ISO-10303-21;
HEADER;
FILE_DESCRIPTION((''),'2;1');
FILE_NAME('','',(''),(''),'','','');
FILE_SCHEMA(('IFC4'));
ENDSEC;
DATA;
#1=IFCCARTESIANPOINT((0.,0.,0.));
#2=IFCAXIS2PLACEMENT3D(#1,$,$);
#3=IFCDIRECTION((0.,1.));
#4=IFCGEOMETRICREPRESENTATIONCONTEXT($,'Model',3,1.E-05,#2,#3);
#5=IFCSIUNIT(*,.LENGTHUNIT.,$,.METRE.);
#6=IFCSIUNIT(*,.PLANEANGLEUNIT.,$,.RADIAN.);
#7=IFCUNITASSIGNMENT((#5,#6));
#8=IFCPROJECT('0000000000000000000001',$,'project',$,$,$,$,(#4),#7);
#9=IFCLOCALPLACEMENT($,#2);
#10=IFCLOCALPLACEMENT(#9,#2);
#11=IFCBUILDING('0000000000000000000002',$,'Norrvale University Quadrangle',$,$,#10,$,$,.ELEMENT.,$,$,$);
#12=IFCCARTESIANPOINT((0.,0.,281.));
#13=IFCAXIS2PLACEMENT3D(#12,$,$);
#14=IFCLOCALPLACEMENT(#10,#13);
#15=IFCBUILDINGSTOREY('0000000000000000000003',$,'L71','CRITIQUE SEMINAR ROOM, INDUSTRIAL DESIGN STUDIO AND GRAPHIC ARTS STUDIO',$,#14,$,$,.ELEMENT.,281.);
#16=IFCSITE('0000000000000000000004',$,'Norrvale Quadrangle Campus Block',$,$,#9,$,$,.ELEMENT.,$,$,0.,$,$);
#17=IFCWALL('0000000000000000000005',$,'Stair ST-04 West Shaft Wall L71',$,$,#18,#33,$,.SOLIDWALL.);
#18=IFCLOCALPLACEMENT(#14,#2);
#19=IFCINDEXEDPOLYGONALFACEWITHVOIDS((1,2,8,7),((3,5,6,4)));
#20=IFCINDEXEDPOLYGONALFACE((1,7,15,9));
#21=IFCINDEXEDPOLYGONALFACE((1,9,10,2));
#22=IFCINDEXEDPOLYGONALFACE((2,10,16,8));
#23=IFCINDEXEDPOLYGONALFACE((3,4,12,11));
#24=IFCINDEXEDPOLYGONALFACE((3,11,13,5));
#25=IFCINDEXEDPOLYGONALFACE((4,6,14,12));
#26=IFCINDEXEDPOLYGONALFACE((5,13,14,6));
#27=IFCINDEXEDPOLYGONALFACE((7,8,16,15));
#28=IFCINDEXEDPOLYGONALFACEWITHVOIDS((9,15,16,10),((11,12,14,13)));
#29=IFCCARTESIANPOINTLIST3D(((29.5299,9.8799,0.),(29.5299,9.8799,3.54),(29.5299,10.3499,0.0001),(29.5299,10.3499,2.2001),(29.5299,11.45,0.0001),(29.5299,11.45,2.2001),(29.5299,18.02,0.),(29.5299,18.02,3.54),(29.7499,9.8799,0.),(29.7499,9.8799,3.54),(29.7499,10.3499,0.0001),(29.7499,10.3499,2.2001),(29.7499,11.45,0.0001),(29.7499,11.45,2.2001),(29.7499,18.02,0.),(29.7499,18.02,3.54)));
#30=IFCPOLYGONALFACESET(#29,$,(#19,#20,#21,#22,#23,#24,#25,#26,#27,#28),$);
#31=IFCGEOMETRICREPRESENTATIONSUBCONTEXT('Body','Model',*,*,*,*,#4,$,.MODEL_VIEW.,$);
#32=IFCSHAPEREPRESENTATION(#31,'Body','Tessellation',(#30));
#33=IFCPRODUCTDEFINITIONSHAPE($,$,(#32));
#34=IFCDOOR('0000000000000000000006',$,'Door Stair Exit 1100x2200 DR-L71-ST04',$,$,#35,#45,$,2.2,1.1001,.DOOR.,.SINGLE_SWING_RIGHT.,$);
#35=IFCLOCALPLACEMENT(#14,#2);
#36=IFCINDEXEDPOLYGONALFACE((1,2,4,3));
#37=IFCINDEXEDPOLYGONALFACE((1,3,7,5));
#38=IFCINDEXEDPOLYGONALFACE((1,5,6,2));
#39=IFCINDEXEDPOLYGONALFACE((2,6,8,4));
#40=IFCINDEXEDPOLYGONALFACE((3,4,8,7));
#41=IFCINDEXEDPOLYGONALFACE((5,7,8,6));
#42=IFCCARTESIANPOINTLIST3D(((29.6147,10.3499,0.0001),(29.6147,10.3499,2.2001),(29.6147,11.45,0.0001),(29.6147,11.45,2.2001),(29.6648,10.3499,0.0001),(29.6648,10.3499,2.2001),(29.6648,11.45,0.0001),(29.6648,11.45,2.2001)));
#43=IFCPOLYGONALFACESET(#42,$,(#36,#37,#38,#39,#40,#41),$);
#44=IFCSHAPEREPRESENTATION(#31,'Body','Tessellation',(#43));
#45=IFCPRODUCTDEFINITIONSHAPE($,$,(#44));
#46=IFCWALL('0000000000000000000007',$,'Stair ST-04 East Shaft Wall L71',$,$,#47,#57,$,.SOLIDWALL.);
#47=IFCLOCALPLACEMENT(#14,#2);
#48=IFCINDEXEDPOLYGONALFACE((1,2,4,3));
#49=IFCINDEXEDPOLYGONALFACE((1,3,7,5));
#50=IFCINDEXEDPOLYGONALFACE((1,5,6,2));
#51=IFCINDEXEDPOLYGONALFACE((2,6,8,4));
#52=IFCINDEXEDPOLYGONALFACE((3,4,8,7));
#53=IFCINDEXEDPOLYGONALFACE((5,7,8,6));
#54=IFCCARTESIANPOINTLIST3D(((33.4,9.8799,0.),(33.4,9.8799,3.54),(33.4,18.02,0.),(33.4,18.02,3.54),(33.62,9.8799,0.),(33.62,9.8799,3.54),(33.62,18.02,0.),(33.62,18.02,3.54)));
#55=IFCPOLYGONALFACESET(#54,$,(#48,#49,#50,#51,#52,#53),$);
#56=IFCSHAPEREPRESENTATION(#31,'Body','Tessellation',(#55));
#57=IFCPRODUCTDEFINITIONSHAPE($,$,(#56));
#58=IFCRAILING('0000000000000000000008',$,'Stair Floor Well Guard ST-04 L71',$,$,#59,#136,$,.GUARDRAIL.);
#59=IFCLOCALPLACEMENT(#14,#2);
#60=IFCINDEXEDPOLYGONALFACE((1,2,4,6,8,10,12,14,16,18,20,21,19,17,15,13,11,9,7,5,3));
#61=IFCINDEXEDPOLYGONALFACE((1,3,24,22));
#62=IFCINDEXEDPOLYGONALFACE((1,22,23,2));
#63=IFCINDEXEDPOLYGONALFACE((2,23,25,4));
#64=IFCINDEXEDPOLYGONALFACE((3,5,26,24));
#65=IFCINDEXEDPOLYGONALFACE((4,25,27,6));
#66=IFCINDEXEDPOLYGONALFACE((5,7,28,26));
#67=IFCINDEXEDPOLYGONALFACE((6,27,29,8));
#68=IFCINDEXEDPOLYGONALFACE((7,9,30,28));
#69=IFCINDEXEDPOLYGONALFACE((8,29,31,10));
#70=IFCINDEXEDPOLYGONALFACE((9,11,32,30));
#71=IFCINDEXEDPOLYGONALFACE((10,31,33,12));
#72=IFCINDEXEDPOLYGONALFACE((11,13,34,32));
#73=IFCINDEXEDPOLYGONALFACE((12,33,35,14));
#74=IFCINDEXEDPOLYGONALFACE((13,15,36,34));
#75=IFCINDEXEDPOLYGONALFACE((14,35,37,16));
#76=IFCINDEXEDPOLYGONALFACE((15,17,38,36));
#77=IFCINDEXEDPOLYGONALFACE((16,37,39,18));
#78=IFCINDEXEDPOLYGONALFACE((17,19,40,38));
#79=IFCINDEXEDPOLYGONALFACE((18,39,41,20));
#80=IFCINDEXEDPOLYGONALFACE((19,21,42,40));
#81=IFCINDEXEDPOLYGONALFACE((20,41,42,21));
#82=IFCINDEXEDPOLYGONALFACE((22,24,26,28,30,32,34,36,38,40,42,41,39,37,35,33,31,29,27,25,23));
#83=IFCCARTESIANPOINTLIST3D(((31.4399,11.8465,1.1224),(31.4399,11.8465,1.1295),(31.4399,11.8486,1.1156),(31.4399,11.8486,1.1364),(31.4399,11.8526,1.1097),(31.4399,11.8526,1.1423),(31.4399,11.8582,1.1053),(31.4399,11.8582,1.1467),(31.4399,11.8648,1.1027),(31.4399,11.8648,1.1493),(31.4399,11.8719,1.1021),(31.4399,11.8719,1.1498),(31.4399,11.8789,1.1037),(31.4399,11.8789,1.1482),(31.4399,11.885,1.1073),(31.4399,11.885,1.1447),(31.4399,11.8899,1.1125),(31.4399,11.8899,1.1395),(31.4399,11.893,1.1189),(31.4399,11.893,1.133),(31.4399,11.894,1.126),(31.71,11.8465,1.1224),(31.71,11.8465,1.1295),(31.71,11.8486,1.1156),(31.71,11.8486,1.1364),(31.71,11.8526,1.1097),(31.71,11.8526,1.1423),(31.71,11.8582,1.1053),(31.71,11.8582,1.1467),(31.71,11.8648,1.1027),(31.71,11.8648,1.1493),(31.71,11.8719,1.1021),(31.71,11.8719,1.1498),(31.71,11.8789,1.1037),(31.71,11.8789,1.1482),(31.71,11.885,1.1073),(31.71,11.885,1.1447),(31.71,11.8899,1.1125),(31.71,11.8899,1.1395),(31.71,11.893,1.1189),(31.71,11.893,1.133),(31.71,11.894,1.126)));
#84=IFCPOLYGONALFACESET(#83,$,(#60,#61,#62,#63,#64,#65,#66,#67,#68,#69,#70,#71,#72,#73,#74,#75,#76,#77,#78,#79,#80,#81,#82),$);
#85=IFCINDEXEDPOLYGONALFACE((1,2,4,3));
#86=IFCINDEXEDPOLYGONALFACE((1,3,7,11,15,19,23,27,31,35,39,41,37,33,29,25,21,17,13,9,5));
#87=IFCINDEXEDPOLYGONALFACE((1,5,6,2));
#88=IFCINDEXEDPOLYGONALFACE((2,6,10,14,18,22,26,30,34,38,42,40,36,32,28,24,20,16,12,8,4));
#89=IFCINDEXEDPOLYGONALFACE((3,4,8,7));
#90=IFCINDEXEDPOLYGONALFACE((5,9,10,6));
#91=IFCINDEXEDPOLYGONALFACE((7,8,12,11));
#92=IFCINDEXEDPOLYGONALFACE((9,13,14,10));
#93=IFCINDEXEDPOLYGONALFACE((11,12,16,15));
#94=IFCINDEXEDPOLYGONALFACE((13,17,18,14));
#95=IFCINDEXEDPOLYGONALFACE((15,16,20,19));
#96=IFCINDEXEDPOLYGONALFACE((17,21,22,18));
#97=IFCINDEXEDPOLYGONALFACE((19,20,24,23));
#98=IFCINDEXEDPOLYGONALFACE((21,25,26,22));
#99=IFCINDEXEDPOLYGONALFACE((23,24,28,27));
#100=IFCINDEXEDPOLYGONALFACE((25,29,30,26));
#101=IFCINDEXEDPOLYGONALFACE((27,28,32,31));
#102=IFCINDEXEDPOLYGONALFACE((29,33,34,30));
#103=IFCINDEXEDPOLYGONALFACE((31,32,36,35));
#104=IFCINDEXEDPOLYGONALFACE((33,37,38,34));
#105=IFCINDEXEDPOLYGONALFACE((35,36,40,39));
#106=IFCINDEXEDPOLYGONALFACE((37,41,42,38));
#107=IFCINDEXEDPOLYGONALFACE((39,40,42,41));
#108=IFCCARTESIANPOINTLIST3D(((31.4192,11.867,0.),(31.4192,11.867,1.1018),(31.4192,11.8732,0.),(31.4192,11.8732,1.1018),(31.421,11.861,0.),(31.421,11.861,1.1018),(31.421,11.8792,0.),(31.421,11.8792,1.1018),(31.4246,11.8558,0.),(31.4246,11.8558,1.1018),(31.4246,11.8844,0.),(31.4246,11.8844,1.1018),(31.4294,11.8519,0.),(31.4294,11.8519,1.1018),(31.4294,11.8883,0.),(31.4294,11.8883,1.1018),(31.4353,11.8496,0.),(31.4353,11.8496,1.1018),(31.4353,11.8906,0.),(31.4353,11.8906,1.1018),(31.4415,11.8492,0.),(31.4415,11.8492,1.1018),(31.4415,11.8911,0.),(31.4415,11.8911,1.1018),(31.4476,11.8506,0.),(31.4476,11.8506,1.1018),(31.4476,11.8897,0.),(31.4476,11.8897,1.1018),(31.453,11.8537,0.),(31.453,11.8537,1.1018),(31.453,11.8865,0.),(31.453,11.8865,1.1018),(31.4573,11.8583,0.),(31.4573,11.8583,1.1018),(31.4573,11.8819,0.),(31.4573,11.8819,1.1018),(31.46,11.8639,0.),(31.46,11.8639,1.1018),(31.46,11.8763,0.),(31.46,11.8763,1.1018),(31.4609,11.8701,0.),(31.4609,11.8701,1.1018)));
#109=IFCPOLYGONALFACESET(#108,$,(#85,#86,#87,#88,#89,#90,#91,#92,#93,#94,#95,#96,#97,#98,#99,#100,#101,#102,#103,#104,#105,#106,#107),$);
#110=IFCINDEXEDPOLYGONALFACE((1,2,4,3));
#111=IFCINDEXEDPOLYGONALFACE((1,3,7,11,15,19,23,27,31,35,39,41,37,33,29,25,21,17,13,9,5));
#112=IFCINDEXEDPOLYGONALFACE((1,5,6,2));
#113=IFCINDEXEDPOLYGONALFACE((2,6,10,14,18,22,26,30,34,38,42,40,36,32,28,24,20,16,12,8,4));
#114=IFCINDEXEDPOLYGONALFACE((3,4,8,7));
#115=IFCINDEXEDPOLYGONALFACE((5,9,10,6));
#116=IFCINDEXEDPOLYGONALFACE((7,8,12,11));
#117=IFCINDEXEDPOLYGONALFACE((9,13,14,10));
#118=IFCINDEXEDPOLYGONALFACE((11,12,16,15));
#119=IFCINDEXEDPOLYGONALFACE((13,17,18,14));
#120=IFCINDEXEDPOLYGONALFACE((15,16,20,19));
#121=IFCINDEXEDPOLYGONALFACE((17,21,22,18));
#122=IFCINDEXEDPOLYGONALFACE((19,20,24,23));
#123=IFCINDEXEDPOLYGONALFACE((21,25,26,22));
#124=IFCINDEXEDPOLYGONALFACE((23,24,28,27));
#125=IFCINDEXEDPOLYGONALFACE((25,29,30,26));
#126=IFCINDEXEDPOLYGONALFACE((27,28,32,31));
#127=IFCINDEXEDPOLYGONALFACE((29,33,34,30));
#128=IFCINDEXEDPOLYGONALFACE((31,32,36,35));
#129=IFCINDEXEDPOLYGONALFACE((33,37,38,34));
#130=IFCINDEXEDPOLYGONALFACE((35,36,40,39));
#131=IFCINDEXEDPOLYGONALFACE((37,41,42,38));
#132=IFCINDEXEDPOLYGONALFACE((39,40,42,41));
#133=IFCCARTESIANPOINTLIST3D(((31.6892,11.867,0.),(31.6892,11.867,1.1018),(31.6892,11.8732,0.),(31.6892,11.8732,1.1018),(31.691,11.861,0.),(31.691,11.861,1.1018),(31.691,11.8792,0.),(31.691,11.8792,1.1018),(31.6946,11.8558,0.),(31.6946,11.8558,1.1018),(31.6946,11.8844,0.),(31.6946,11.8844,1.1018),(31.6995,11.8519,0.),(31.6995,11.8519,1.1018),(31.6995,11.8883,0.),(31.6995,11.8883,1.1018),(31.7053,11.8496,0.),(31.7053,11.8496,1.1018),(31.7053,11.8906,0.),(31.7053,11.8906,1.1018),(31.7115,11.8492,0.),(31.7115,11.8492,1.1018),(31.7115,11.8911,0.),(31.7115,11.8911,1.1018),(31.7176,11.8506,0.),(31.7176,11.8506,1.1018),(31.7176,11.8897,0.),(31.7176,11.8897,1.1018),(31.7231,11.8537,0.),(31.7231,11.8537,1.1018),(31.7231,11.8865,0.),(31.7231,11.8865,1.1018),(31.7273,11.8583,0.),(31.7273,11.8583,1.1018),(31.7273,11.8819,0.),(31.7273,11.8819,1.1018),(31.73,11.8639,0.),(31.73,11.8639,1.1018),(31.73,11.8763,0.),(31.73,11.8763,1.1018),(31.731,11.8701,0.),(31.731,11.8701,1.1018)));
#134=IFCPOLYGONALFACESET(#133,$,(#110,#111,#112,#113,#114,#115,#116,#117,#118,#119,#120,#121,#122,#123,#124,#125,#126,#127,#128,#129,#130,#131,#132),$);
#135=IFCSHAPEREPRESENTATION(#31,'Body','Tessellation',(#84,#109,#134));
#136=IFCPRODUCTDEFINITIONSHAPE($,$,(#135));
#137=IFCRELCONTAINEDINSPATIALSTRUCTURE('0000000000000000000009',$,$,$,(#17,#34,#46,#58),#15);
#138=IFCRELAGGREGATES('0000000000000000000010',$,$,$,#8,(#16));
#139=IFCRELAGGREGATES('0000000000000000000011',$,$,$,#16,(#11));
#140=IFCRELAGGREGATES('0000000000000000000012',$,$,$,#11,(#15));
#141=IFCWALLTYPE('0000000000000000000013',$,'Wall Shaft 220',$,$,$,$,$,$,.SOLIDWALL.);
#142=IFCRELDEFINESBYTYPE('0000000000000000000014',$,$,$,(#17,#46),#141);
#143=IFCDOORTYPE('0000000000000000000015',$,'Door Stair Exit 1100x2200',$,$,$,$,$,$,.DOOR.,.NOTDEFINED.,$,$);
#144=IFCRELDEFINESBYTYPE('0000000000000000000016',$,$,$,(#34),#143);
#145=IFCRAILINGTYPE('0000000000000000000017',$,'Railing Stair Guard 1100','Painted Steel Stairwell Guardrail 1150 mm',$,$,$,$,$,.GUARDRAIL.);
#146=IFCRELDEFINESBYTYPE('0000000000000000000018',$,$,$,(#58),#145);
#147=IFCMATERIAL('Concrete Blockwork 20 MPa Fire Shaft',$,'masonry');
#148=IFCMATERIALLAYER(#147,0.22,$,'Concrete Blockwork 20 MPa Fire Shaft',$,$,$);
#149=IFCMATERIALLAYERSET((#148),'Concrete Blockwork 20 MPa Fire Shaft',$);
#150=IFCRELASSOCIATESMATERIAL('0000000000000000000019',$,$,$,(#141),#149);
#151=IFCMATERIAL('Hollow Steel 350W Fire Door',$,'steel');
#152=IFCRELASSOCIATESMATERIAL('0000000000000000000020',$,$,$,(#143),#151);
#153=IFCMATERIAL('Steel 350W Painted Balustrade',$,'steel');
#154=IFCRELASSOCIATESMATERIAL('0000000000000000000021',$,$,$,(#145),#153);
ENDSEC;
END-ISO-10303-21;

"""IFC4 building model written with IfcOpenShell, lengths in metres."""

from ifc_helpers import new_model, si_unit, direction, frame, frame_2d, origin, origin_2d, place, context, subcontext, project, spatial, rectangle, circle, extrude, material, layer, layer_set, type_object, element, fill, save


model = new_model("IFC4")

# Units and contexts
model_context = context("Model", 3, precision=1e-05, world=origin(), true_north=direction((0.0, 1.0)))
body_context = subcontext(model_context, "Body", "Model", "MODEL_VIEW")
ifc_project = project(units=[si_unit("LENGTHUNIT", "METRE"), si_unit("PLANEANGLEUNIT", "RADIAN")], contexts=[model_context])

# Site, building, storey
site_placement = place(None, origin())
site = spatial("IfcSite", under=ifc_project, at=site_placement, Name="Norrvale Quadrangle Campus Block", CompositionType="ELEMENT", RefElevation=0.0)
building_placement = place(site_placement, origin())
building = spatial("IfcBuilding", under=site, at=building_placement, Name="Norrvale University Quadrangle", CompositionType="ELEMENT")
storey_placement = place(building_placement, frame((0.0, 0.0, 281.0)))
storey = spatial("IfcBuildingStorey", under=building, at=storey_placement, Name="L71", Description="CRITIQUE SEMINAR ROOM, INDUSTRIAL DESIGN STUDIO AND GRAPHIC ARTS STUDIO", CompositionType="ELEMENT", Elevation=281.0)

# Shared definitions
ifc_material_1 = material(Name="Concrete Blockwork 20 MPa Fire Shaft", Category="masonry")
ifc_layer_1 = layer(ifc_material_1, 0.22, Name="Concrete Blockwork 20 MPa Fire Shaft")
ifc_layer_set_1 = layer_set([ifc_layer_1], Name="Concrete Blockwork 20 MPa Fire Shaft")
wall_type_1 = type_object("IfcWallType", Name="Wall Shaft 220", PredefinedType="SOLIDWALL", material=ifc_layer_set_1)

# Wall, opening, door
wall_1_placement = place(storey_placement, frame((29.6399, 9.8799, 0.0), z_axis=(0.0, 0.0, 1.0), x_axis=(0.0, 1.0, 0.0)))
wall_1 = element("IfcWall", 1, at=wall_1_placement, inside=storey, type_object=wall_type_1, Name="Stair ST-04 West Shaft Wall L71", PredefinedType="SOLIDWALL", context=body_context, shape_type="SweptSolid", body=[
    extrude(rectangle(XDim=8.1401, YDim=0.22, at=frame_2d((4.0701, 0.0))), origin(), (0.0, 0.0, 1.0), 3.54),
])
opening_1_placement = place(wall_1_placement, frame((0.47, 0.0, 0.0)))
opening_1 = element("IfcOpeningElement", 2, at=opening_1_placement, cuts=wall_1, PredefinedType="OPENING", context=body_context, shape_type="SweptSolid", body=[
    extrude(rectangle(XDim=1.1001, YDim=2.2, at=frame_2d((0.55, 1.1001))), frame((0.0, 0.1221, 0.0), z_axis=(0.0, -1.0, 0.0), x_axis=(1.0, 0.0, 0.0)), (0.0, 0.0, 1.0), 0.2439),
])
ifc_material_2 = material(Name="Hollow Steel 350W Fire Door", Category="steel")
door_type = type_object("IfcDoorType", Name="Door Stair Exit 1100x2200", OperationType="NOTDEFINED", PredefinedType="DOOR", material=ifc_material_2)
door_placement = place(opening_1_placement, frame((1.1001, 0.0, 0.0), z_axis=(0.0, 0.0, 1.0), x_axis=(-1.0, 0.0, 0.0)))
door = element("IfcDoor", 3, at=door_placement, inside=storey, type_object=door_type, Name="Door Stair Exit 1100x2200 DR-L71-ST04", OperationType="SINGLE_SWING_RIGHT", OverallHeight=2.2, OverallWidth=1.1001, PredefinedType="DOOR", context=body_context, shape_type="SweptSolid", body=[
    extrude(rectangle(XDim=1.1001, YDim=2.2, at=frame_2d((0.55, 1.1001))), frame((0.0, 0.0249, 0.0), z_axis=(0.0, -1.0, 0.0), x_axis=(1.0, 0.0, 0.0)), (0.0, 0.0, 1.0), 0.05),
])
fill(opening_1, door)

# Wall
wall_2_placement = place(storey_placement, frame((33.51, 9.8799, 0.0), z_axis=(0.0, 0.0, 1.0), x_axis=(0.0, 1.0, 0.0)))
element("IfcWall", 4, at=wall_2_placement, inside=storey, type_object=wall_type_1, Name="Stair ST-04 East Shaft Wall L71", PredefinedType="SOLIDWALL", context=body_context, shape_type="SweptSolid", body=[
    extrude(rectangle(XDim=8.1401, YDim=0.22, at=frame_2d((4.0701, 0.0))), origin(), (0.0, 0.0, 1.0), 3.54),
])

# Railing
ifc_material_3 = material(Name="Steel 350W Painted Balustrade", Category="steel")
railing_type = type_object("IfcRailingType", Name="Railing Stair Guard 1100", Description="Painted Steel Stairwell Guardrail 1150 mm", PredefinedType="GUARDRAIL", material=ifc_material_3)
railing_placement = place(storey_placement, frame((31.4399, 11.8701, 0.0)))
element("IfcRailing", 5, at=railing_placement, inside=storey, type_object=railing_type, Name="Stair Floor Well Guard ST-04 L71", PredefinedType="GUARDRAIL", context=body_context, shape_type="SweptSolid", body=[
    extrude(circle(Radius=0.0239, at=origin_2d()), frame((0.0, 0.0, 1.126), z_axis=(1.0, 0.0, 0.0), x_axis=(0.0, 1.0, 0.0)), (0.0, 0.0, 1.0), 0.27),
    extrude(circle(Radius=0.021, at=origin_2d()), origin(), (0.0, 0.0, 1.0), 1.1018),
    extrude(circle(Radius=0.021, at=origin_2d()), frame((0.27, 0.0, 0.0)), (0.0, 0.0, 1.0), 1.1018),
])

save(model, "model.ifc")
